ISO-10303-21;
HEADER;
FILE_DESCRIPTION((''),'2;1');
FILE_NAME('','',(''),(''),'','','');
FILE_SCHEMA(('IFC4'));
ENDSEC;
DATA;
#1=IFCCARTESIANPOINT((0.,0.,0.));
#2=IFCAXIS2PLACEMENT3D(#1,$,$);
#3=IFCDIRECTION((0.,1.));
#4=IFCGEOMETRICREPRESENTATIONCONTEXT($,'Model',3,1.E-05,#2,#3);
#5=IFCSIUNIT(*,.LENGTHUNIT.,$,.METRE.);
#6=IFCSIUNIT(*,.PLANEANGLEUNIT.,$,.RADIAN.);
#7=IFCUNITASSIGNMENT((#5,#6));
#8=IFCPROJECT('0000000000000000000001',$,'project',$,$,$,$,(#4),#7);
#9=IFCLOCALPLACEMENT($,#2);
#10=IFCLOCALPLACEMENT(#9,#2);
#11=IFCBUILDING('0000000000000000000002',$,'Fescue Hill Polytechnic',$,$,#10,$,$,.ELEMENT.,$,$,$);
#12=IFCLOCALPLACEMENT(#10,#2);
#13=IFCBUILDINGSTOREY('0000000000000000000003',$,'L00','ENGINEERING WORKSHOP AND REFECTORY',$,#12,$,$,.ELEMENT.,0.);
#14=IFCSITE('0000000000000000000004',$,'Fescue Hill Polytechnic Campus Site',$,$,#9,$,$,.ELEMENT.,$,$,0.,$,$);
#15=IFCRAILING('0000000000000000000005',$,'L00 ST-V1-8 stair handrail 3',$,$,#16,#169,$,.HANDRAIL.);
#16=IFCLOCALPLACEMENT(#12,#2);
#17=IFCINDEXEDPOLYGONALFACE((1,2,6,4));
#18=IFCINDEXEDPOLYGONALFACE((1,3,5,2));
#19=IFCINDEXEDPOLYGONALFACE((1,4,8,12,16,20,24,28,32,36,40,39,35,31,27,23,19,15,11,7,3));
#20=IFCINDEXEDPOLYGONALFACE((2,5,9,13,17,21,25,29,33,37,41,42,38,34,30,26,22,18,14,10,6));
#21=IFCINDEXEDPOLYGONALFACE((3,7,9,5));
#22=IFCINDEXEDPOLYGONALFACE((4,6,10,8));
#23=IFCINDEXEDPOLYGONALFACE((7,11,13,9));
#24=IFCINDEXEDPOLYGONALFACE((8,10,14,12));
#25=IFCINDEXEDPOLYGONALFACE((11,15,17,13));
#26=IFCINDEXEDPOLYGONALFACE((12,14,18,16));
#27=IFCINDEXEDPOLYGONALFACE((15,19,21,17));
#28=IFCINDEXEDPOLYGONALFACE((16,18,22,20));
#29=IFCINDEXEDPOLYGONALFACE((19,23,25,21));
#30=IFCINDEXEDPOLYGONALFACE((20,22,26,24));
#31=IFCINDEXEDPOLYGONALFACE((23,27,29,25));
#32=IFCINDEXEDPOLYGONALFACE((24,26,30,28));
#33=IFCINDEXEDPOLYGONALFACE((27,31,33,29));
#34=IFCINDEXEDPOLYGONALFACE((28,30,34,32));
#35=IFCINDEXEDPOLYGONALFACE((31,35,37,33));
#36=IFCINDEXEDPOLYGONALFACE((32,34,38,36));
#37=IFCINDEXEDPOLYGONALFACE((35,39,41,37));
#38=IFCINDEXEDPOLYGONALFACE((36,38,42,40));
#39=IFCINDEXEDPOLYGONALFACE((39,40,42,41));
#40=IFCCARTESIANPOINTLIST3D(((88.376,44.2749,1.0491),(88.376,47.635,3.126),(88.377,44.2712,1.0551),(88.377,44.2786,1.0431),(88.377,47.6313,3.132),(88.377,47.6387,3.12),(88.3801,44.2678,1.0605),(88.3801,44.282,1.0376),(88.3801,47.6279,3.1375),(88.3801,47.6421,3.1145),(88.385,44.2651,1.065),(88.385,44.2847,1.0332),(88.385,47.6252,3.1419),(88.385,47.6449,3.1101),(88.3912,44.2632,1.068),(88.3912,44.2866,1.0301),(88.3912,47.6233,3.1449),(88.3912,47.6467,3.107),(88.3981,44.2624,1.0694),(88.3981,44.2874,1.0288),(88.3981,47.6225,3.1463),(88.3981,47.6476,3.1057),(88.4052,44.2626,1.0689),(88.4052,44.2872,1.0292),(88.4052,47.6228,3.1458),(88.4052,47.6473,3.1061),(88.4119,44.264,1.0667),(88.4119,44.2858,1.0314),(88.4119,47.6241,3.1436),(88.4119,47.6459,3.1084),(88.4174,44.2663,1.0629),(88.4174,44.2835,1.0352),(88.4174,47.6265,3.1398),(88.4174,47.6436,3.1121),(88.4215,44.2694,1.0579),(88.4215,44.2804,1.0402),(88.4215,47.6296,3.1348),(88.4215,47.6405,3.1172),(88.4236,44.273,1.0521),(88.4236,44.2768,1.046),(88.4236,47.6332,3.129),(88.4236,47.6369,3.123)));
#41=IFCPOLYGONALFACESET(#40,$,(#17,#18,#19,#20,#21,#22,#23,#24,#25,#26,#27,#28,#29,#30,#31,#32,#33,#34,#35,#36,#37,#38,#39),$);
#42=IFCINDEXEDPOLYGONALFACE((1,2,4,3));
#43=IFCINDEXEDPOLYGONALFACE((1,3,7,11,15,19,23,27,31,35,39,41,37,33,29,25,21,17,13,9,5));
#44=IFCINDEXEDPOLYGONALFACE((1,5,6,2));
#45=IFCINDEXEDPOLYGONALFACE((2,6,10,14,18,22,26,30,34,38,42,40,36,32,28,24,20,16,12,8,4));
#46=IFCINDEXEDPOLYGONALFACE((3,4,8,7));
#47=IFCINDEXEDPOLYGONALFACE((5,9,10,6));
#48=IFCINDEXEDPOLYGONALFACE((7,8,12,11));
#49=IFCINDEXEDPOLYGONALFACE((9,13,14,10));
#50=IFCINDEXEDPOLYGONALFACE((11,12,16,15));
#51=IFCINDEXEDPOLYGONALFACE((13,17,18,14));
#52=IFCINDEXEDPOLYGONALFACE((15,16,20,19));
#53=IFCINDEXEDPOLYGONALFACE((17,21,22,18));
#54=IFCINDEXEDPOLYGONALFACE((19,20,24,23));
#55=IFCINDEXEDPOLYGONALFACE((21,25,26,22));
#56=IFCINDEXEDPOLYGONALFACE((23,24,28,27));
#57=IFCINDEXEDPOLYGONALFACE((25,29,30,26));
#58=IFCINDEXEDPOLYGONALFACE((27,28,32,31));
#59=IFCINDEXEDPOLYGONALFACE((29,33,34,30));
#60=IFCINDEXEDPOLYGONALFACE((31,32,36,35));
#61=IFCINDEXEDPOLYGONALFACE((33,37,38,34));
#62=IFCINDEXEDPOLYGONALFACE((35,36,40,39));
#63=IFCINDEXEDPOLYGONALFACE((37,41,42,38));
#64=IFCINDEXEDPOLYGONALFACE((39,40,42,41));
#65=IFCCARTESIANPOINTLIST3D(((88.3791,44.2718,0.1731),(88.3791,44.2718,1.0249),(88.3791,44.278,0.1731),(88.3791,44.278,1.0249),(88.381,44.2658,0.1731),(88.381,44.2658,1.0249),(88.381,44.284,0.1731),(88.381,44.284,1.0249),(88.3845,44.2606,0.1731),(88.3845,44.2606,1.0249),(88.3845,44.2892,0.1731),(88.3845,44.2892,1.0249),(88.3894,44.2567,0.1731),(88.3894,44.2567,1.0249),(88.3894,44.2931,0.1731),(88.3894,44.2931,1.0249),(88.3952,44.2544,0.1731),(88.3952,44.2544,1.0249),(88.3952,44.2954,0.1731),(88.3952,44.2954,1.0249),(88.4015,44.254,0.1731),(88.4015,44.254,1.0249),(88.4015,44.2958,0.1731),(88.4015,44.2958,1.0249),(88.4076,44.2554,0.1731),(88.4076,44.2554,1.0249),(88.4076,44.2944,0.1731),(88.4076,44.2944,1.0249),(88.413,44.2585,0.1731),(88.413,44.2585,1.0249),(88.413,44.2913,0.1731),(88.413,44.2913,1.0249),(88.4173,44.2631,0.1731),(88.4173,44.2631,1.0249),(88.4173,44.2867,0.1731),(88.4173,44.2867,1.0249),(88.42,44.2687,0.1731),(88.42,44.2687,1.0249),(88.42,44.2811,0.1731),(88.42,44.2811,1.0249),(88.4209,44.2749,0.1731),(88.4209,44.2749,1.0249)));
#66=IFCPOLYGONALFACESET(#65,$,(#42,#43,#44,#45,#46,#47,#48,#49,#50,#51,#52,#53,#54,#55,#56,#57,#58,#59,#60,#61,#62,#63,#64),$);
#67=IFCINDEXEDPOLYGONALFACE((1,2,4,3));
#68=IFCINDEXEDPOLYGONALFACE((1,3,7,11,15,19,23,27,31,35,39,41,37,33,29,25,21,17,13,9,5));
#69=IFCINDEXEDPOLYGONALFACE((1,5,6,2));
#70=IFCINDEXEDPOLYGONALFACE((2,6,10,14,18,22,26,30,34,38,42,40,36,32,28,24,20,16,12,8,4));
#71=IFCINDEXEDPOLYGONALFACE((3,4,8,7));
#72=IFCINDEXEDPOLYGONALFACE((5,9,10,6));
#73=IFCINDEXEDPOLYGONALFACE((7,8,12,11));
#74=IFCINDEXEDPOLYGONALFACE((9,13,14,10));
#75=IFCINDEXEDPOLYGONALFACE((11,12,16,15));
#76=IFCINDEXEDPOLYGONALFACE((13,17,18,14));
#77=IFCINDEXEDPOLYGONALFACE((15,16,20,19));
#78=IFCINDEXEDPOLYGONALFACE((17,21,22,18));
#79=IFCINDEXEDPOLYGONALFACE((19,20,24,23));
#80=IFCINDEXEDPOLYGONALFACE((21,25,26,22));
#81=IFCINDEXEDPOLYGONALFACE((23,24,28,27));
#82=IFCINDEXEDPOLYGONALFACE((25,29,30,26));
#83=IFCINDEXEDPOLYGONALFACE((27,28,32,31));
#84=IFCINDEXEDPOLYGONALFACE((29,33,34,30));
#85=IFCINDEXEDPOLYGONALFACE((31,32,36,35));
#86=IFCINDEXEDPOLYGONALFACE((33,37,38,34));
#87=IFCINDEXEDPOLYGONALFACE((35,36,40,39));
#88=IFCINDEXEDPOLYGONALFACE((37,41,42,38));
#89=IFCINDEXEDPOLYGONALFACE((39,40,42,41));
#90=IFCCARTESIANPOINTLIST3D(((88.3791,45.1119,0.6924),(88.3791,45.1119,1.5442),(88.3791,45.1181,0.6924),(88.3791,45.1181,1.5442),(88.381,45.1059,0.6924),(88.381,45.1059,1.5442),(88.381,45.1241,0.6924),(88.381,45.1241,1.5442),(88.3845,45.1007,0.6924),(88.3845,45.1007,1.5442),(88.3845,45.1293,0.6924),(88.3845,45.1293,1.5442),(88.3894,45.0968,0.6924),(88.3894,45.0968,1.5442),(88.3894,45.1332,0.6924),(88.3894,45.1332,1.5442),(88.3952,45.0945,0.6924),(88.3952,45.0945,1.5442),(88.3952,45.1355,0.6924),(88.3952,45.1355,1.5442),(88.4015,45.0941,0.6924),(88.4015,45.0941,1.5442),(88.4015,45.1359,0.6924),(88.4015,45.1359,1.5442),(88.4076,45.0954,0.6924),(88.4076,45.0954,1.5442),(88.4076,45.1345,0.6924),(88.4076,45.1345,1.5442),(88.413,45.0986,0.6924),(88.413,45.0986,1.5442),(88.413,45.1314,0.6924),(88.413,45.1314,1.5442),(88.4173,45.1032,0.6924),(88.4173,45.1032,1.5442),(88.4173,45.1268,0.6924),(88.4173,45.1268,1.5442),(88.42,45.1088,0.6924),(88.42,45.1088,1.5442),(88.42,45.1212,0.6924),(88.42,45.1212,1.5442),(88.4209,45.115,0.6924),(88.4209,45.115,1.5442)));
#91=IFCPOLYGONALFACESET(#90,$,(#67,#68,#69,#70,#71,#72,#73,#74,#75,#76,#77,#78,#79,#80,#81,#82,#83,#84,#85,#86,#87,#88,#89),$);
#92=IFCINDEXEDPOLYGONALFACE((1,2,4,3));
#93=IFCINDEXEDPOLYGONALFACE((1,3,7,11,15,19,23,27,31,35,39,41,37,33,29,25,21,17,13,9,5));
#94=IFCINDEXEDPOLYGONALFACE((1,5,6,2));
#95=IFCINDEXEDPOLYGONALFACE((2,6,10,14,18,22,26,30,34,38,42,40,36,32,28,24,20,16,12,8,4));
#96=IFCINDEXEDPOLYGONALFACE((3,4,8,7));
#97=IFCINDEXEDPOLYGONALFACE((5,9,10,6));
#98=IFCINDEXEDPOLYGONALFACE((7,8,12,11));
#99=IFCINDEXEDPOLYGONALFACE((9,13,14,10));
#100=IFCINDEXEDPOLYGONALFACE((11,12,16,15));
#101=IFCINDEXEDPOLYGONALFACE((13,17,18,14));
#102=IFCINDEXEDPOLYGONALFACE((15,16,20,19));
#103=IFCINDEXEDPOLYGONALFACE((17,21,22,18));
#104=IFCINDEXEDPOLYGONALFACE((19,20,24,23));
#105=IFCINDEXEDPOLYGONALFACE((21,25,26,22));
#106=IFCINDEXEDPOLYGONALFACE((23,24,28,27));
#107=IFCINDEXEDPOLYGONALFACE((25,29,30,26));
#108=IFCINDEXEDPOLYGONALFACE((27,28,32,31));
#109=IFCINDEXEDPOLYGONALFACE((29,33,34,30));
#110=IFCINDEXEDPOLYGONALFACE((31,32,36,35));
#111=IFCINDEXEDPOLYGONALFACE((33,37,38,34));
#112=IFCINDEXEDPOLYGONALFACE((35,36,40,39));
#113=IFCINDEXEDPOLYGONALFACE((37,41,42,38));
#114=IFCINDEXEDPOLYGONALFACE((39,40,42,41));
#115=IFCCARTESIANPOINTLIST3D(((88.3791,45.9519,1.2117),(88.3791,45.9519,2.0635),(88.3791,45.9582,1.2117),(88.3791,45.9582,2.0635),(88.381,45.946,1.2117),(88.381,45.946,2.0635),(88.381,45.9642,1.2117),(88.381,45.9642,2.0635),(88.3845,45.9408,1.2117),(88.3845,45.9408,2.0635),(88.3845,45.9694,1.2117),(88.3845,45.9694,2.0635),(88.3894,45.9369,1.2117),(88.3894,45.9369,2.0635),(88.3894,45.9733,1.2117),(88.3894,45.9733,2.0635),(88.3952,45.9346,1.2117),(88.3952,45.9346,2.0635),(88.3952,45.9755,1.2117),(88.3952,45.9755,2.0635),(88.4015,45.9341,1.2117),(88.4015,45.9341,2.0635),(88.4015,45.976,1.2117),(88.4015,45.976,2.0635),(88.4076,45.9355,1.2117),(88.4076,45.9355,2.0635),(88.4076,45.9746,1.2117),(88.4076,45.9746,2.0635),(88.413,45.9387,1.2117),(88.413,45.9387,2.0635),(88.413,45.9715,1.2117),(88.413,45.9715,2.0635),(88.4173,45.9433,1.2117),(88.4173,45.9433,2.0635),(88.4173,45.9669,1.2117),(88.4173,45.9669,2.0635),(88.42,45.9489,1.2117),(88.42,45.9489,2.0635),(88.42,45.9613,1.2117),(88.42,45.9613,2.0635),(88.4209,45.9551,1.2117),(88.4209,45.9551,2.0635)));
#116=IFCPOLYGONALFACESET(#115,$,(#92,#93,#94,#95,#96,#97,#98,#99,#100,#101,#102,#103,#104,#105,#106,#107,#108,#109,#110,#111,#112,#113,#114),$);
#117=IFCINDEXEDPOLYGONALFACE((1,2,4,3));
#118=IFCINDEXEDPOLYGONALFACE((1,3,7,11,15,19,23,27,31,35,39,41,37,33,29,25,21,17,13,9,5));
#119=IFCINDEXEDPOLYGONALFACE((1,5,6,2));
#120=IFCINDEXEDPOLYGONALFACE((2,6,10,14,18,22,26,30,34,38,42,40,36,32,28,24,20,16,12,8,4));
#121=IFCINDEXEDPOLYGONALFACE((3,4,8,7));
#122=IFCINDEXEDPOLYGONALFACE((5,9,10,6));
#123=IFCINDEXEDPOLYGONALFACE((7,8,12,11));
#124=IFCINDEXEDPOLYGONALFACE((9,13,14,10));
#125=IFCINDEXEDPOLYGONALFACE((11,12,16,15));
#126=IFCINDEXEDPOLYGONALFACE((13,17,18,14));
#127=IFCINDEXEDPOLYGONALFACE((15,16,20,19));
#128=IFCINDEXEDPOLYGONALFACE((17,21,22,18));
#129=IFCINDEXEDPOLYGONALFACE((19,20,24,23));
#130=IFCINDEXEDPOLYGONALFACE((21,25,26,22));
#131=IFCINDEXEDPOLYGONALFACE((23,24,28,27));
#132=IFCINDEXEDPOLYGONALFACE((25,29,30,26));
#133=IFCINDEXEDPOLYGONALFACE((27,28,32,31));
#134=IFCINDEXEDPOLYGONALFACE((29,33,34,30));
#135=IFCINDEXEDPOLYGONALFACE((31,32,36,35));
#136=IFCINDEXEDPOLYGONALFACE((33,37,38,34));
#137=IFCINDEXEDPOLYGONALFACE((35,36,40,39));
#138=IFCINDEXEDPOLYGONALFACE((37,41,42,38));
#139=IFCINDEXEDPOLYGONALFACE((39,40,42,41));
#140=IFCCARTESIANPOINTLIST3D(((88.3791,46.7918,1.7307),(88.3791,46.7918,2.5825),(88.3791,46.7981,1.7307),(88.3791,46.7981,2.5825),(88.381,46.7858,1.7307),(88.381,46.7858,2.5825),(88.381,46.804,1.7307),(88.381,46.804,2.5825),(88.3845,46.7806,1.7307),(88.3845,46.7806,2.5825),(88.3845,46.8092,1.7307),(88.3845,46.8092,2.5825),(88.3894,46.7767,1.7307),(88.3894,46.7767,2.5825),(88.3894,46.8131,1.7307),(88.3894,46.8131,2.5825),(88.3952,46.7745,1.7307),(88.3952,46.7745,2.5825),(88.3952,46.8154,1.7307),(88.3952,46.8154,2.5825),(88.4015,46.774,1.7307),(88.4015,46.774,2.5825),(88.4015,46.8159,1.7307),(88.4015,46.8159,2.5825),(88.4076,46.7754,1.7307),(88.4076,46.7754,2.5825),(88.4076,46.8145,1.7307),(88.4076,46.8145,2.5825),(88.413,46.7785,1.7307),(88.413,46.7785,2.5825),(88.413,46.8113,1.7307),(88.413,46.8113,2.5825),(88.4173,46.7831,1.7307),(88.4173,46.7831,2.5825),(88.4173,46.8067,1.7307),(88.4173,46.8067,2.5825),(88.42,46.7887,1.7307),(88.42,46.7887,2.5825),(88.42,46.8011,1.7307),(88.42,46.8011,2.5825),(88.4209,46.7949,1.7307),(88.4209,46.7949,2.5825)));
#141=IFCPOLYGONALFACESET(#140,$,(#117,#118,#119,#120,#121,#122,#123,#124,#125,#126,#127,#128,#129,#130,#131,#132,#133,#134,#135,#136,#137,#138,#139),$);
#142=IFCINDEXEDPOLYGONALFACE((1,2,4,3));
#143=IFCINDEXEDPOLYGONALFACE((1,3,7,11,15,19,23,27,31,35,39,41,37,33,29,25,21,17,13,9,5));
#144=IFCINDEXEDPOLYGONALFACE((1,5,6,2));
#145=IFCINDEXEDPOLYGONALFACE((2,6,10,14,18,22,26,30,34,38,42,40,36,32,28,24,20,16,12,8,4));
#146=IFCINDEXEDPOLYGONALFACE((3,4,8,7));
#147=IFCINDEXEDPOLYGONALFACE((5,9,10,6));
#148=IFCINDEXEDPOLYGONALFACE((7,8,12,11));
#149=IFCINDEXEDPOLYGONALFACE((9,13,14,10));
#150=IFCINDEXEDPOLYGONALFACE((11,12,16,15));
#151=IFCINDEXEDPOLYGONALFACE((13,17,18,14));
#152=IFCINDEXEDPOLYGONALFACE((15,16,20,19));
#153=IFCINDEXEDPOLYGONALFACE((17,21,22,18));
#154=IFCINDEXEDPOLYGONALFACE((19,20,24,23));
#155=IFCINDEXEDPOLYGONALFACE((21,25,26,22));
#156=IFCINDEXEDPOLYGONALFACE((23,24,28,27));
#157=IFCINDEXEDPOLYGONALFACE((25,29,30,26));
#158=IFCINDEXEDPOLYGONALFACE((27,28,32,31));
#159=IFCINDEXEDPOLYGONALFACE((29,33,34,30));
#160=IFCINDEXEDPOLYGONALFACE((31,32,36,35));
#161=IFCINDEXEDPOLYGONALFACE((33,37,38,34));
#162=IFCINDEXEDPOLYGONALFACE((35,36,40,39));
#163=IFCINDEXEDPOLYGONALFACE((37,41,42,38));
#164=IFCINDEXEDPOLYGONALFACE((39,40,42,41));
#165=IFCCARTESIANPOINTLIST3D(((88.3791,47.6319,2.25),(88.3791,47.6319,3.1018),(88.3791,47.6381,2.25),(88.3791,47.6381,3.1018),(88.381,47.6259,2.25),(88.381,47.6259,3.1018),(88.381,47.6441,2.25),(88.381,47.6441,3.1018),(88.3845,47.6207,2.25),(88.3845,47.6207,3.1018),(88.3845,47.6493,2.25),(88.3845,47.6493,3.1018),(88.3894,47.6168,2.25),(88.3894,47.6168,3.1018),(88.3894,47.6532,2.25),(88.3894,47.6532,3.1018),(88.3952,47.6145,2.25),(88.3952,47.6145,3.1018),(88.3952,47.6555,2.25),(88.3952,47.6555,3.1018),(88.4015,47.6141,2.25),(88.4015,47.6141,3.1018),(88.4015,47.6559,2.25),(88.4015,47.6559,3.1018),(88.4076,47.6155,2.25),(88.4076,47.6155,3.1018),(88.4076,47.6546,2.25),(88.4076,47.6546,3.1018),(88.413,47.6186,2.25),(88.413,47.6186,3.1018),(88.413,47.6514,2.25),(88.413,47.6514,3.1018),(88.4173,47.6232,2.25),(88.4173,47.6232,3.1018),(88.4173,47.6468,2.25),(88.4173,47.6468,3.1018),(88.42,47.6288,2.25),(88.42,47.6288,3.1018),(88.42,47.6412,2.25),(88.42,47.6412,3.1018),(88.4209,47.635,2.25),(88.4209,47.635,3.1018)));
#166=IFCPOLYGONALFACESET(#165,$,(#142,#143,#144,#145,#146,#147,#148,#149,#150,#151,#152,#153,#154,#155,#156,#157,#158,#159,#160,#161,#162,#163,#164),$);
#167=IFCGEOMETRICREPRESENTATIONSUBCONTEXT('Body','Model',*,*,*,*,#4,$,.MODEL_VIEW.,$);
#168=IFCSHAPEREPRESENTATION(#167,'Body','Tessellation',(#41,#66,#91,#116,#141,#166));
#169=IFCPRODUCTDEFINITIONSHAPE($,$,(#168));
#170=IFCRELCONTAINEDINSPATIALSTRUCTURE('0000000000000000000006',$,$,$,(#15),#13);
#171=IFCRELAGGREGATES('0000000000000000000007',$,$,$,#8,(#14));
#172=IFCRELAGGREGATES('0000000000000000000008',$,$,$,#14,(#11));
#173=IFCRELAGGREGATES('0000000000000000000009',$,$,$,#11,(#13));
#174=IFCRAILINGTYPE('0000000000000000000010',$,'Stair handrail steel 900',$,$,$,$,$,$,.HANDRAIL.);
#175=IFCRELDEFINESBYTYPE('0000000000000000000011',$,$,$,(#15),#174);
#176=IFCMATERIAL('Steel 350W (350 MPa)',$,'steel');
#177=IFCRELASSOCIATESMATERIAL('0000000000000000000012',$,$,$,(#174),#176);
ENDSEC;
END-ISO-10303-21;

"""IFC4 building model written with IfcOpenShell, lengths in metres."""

from ifc_helpers import new_model, si_unit, direction, frame, origin, origin_2d, place, context, subcontext, project, spatial, circle, extrude, material, type_object, element, save


model = new_model("IFC4")

# Units and contexts
model_context = context("Model", 3, precision=1e-05, world=origin(), true_north=direction((0.0, 1.0)))
body_context = subcontext(model_context, "Body", "Model", "MODEL_VIEW")
ifc_project = project(units=[si_unit("LENGTHUNIT", "METRE"), si_unit("PLANEANGLEUNIT", "RADIAN")], contexts=[model_context])

# Site, building, storey
site_placement = place(None, origin())
site = spatial("IfcSite", under=ifc_project, at=site_placement, Name="Fescue Hill Polytechnic Campus Site", CompositionType="ELEMENT", RefElevation=0.0)
building_placement = place(site_placement, origin())
building = spatial("IfcBuilding", under=site, at=building_placement, Name="Fescue Hill Polytechnic", CompositionType="ELEMENT")
storey_placement = place(building_placement, origin())
storey = spatial("IfcBuildingStorey", under=building, at=storey_placement, Name="L00", Description="ENGINEERING WORKSHOP AND REFECTORY", CompositionType="ELEMENT", Elevation=0.0)

# Railing
ifc_material_1 = material(Name="Steel 350W (350 MPa)", Category="steel")
railing_type_1 = type_object("IfcRailingType", Name="Stair handrail steel 900", PredefinedType="HANDRAIL", material=ifc_material_1)
railing_1_placement = place(storey_placement, frame((88.3999, 44.2749, 0.1731)))
element("IfcRailing", 1, at=railing_1_placement, inside=storey, type_object=railing_type_1, Name="L00 ST-V1-8 stair handrail 3", PredefinedType="HANDRAIL", context=body_context, shape_type="SweptSolid", body=[
    extrude(circle(Radius=0.0239, at=origin_2d()), frame((0.0, 0.0, 0.876), z_axis=(0.0, 0.850623, 0.525776), x_axis=(-1.0, 0.0, 0.0)), (0.0, 0.0, 1.0), 3.9502),
    extrude(circle(Radius=0.021, at=origin_2d()), origin(), (0.0, 0.0, 1.0), 0.8518),
    extrude(circle(Radius=0.021, at=origin_2d()), frame((0.0, 0.8401, 0.5193)), (0.0, 0.0, 1.0), 0.8518),
    extrude(circle(Radius=0.021, at=origin_2d()), frame((0.0, 1.6802, 1.0386)), (0.0, 0.0, 1.0), 0.8518),
    extrude(circle(Radius=0.021, at=origin_2d()), frame((0.0, 2.52, 1.5576)), (0.0, 0.0, 1.0), 0.8518),
    extrude(circle(Radius=0.021, at=origin_2d()), frame((0.0, 3.3601, 2.0769)), (0.0, 0.0, 1.0), 0.8518),
])

save(model, "model.ifc")
